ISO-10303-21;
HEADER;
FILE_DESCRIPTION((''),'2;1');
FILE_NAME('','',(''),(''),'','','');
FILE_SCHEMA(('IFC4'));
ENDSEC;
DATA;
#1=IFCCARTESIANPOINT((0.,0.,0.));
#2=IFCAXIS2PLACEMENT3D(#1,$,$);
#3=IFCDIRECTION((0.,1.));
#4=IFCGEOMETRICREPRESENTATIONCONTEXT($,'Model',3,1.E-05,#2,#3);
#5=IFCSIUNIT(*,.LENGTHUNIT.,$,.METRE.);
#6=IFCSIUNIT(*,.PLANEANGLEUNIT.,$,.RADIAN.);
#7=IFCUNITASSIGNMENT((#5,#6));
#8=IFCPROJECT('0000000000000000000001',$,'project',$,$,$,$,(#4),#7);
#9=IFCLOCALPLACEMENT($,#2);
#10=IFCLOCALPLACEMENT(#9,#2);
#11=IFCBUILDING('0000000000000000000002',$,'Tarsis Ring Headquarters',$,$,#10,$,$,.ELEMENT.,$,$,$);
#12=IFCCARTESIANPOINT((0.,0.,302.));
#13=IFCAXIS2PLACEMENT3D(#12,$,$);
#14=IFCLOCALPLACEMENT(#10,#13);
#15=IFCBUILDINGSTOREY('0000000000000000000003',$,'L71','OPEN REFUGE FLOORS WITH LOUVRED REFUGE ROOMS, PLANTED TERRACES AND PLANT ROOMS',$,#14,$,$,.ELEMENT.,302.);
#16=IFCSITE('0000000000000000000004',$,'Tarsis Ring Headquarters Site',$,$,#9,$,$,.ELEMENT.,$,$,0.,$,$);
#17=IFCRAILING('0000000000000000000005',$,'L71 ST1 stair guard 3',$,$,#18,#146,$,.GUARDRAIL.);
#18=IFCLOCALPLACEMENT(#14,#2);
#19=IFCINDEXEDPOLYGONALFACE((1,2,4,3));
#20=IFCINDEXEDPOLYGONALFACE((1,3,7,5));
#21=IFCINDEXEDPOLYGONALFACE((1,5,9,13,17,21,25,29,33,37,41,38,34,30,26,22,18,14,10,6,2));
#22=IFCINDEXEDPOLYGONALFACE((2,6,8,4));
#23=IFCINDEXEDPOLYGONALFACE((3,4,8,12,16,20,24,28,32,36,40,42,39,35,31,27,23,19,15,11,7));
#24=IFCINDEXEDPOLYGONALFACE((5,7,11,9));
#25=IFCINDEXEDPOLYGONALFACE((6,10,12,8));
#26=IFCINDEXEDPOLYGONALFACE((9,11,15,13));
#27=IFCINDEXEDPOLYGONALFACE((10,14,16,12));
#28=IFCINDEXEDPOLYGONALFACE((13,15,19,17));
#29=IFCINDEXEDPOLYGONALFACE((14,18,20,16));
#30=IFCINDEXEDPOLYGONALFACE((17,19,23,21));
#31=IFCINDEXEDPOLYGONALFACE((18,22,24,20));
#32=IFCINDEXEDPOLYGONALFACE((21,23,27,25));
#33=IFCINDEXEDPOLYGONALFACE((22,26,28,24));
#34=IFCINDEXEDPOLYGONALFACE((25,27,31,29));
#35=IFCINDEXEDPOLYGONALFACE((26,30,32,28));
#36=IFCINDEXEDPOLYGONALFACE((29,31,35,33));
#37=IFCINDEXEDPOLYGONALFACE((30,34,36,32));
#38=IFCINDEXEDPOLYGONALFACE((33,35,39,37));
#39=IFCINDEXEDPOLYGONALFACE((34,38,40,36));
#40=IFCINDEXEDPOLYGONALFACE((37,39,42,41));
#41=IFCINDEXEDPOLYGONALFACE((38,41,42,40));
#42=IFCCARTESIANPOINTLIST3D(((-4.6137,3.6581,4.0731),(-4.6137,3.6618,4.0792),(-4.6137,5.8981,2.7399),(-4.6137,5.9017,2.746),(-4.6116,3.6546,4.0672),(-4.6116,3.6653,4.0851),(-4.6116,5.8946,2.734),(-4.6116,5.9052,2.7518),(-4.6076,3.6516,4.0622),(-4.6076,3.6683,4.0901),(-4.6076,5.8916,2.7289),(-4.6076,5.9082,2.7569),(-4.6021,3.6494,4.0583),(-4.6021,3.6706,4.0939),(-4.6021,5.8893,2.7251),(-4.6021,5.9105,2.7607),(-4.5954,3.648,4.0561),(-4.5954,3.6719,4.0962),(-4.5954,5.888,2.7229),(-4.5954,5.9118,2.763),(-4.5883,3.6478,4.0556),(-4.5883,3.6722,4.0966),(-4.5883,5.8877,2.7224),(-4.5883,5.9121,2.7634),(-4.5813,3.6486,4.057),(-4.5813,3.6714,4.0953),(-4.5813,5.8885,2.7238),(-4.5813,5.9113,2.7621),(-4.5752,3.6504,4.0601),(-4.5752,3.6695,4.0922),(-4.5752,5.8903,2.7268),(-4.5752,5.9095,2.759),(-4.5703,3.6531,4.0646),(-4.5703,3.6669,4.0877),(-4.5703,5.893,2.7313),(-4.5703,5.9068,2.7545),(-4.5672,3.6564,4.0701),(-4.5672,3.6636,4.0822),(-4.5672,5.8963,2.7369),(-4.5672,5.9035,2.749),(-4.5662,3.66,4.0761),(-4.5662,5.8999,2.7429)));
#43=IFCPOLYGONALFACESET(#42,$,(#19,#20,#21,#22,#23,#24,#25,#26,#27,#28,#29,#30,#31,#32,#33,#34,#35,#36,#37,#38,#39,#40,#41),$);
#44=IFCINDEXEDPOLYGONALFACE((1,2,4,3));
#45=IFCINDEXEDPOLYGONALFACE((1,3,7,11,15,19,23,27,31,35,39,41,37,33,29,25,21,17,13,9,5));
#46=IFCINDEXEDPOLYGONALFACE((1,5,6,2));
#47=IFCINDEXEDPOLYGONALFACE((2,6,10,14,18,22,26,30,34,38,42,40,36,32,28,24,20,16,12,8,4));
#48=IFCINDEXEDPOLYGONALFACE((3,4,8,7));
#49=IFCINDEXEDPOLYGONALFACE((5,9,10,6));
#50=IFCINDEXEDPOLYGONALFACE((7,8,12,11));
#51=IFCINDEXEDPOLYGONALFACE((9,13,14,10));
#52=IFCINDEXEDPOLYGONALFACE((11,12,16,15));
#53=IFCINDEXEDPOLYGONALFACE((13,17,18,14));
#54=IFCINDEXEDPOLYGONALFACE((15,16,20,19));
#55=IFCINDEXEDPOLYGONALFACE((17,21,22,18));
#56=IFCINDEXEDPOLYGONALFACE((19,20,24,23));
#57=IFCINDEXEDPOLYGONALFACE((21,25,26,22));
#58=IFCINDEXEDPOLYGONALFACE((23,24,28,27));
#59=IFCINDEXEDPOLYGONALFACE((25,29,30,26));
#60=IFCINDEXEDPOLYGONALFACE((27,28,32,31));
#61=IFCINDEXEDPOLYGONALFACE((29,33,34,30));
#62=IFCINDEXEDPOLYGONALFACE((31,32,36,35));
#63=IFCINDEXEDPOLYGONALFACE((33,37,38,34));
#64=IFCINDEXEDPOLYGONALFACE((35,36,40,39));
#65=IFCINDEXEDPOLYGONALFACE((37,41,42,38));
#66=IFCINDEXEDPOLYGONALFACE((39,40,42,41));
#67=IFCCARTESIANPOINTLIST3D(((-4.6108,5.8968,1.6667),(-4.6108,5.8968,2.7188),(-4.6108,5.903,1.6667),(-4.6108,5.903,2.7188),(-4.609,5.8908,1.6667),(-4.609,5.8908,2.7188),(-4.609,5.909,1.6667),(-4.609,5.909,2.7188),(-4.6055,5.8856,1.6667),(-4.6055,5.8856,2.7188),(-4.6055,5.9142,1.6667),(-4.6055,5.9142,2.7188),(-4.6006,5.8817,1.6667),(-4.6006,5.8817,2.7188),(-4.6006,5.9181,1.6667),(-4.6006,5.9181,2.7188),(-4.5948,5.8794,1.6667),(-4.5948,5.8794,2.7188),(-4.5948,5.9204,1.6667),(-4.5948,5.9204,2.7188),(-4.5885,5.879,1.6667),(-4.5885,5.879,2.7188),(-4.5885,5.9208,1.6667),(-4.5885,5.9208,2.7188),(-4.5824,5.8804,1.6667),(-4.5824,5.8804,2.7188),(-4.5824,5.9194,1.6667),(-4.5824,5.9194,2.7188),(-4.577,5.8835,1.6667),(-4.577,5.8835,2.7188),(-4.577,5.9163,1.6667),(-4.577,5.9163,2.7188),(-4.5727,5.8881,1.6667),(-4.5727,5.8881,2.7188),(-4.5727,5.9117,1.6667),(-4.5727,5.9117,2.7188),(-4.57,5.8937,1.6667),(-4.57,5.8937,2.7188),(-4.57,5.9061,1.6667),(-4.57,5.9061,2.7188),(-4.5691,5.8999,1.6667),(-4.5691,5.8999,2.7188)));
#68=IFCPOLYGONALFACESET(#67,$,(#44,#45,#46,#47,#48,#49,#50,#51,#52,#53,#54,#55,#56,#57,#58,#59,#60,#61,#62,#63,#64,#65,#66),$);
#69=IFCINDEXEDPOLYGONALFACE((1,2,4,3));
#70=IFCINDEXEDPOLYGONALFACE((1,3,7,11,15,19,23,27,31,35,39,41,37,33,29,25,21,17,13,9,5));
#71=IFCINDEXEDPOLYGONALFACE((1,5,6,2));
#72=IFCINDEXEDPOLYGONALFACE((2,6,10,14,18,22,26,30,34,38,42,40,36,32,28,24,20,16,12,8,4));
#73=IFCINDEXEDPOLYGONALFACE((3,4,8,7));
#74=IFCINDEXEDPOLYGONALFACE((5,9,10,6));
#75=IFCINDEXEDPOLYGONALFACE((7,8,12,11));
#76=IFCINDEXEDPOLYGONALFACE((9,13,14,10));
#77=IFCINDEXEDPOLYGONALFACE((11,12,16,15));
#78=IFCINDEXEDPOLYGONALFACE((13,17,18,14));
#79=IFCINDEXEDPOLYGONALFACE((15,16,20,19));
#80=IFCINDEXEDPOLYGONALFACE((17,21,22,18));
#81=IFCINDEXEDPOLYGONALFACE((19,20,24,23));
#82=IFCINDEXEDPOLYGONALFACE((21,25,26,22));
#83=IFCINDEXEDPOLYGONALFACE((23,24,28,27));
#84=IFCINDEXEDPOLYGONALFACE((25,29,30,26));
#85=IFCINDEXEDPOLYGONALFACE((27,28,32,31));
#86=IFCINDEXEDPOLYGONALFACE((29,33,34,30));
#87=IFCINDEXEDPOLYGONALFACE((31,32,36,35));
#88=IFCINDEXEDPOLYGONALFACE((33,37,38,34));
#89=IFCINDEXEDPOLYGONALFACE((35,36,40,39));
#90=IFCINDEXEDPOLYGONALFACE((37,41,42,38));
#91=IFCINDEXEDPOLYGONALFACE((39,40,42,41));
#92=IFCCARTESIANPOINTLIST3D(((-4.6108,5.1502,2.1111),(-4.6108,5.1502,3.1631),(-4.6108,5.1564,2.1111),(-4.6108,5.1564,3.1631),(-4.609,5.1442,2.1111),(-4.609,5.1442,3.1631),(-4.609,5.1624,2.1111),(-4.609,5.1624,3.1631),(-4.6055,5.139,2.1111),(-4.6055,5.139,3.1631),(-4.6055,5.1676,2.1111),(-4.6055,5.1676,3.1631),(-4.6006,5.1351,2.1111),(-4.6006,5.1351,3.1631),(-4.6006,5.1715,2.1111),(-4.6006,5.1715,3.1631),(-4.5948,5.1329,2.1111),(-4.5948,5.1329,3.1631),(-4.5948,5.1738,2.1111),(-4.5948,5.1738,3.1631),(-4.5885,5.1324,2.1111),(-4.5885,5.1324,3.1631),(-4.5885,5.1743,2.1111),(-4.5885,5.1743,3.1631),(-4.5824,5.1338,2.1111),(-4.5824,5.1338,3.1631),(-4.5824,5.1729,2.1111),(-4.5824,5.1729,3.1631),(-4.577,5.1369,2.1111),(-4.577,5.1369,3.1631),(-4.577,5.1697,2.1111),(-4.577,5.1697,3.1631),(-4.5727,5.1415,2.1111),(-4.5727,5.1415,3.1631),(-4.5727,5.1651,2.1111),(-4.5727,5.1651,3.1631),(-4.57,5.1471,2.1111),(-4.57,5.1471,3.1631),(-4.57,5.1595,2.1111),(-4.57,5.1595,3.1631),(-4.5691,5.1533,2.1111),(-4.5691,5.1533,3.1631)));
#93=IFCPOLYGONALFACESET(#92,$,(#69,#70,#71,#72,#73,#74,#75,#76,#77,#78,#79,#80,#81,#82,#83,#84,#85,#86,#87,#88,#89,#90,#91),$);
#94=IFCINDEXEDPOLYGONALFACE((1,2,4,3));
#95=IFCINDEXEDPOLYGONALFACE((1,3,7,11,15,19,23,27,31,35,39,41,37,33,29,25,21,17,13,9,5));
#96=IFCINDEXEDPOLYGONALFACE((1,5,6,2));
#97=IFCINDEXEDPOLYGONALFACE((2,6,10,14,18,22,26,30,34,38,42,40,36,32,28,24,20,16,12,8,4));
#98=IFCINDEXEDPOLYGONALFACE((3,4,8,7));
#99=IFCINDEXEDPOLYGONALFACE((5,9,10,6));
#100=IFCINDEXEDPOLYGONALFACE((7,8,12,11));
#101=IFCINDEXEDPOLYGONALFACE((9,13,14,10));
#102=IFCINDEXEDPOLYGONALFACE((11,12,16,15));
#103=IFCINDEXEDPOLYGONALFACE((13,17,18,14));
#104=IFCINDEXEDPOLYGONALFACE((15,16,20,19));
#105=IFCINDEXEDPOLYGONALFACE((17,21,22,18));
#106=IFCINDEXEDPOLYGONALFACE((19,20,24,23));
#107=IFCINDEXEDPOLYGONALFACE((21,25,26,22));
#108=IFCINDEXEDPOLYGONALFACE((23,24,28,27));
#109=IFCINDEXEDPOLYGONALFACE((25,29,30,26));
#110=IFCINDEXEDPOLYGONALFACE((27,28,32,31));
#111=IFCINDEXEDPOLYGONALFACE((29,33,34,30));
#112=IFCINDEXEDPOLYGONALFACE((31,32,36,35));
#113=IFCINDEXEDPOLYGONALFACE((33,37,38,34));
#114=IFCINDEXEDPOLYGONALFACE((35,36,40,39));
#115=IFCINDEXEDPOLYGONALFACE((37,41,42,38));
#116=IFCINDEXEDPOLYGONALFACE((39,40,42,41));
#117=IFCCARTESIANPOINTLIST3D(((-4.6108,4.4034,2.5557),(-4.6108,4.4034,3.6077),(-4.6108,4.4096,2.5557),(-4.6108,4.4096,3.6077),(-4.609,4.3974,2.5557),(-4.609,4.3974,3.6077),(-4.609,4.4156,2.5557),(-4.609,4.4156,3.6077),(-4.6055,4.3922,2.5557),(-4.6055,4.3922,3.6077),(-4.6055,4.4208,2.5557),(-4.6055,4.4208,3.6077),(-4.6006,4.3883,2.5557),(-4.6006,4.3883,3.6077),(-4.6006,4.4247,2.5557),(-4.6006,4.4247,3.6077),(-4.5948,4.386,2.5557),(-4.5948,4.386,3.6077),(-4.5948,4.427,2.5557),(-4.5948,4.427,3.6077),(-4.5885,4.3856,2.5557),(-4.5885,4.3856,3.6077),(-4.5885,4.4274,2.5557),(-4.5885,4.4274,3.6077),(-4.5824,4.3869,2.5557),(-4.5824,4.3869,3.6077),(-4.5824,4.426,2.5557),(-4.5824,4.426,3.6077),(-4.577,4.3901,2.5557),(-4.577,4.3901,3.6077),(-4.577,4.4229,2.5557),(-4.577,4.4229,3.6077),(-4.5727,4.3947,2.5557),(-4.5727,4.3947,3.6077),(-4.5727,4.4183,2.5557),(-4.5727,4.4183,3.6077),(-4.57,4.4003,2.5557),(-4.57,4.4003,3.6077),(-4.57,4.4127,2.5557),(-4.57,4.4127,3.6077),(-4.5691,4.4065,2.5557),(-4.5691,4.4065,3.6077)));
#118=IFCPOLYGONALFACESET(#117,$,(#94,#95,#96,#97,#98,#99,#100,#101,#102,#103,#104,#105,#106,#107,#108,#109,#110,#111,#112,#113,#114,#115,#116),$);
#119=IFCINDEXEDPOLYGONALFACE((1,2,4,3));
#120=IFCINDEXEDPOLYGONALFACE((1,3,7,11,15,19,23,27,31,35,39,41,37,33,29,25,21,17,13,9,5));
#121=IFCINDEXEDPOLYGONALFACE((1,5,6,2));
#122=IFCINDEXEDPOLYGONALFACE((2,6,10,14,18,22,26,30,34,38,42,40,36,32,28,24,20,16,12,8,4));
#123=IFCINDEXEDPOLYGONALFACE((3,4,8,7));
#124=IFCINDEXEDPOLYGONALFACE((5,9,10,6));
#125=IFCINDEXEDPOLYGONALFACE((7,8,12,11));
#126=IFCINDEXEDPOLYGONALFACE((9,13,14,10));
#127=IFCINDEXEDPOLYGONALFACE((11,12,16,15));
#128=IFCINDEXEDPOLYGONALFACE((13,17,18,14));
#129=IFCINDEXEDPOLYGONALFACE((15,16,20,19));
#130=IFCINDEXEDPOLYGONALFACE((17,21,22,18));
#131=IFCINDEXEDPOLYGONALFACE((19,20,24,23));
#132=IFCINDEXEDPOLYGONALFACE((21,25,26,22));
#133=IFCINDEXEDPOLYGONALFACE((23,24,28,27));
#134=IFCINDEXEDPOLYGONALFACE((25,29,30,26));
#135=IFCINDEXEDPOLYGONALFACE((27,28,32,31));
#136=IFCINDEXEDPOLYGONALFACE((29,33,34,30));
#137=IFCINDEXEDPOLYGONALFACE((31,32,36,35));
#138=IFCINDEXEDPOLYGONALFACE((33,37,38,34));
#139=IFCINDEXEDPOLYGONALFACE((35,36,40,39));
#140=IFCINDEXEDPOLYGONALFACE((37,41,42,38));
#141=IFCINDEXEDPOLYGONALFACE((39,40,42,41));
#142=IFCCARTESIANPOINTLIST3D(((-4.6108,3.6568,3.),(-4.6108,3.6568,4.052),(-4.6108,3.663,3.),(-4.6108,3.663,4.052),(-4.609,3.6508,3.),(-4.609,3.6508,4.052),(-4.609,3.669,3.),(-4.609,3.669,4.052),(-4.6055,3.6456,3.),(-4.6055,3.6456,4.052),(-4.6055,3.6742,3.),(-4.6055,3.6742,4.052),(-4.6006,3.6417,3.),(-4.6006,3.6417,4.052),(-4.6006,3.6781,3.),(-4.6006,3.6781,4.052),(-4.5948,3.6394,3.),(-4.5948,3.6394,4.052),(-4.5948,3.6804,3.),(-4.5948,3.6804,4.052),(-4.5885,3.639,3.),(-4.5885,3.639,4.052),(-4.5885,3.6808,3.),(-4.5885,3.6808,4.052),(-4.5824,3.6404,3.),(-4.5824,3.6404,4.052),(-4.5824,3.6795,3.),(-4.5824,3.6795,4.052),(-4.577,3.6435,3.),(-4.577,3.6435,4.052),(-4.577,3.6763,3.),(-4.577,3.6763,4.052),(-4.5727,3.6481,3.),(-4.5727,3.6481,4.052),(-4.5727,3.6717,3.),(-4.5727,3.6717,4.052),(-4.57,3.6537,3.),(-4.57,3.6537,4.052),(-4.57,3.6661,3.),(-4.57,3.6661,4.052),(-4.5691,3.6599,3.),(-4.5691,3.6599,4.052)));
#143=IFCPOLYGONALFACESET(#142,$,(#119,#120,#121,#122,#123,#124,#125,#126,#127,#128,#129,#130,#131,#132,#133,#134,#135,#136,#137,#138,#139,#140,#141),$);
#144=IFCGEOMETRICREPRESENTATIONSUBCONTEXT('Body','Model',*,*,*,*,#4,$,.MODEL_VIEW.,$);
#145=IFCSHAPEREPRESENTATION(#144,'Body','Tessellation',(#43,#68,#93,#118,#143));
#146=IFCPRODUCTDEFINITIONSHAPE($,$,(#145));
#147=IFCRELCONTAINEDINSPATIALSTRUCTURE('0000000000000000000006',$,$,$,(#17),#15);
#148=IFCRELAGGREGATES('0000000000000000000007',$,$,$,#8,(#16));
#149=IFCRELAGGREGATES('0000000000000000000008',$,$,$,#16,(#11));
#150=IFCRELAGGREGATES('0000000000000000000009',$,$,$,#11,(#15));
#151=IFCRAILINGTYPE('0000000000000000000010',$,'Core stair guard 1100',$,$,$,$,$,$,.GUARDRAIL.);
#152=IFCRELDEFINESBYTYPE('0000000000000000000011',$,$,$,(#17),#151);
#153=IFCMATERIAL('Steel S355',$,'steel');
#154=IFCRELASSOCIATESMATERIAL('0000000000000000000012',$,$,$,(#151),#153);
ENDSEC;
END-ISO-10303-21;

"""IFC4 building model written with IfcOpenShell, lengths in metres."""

from ifc_helpers import new_model, si_unit, direction, frame, origin, origin_2d, place, context, subcontext, project, spatial, circle, extrude, material, type_object, element, save


model = new_model("IFC4")

# Units and contexts
model_context = context("Model", 3, precision=1e-05, world=origin(), true_north=direction((0.0, 1.0)))
body_context = subcontext(model_context, "Body", "Model", "MODEL_VIEW")
ifc_project = project(units=[si_unit("LENGTHUNIT", "METRE"), si_unit("PLANEANGLEUNIT", "RADIAN")], contexts=[model_context])

# Site, building, storey
site_placement = place(None, origin())
site = spatial("IfcSite", under=ifc_project, at=site_placement, Name="Tarsis Ring Headquarters Site", CompositionType="ELEMENT", RefElevation=0.0)
building_placement = place(site_placement, origin())
building = spatial("IfcBuilding", under=site, at=building_placement, Name="Tarsis Ring Headquarters", CompositionType="ELEMENT")
storey_placement = place(building_placement, frame((0.0, 0.0, 302.0)))
storey = spatial("IfcBuildingStorey", under=building, at=storey_placement, Name="L71", Description="OPEN REFUGE FLOORS WITH LOUVRED REFUGE ROOMS, PLANTED TERRACES AND PLANT ROOMS", CompositionType="ELEMENT", Elevation=302.0)

# Shared definitions
ifc_material_1 = material(Name="Steel S355", Category="steel")

# Railing
railing_type_1 = type_object("IfcRailingType", Name="Core stair guard 1100", PredefinedType="GUARDRAIL", material=ifc_material_1)
railing_1_placement = place(storey_placement, frame((-4.5901, 5.8999, 1.6667)))
element("IfcRailing", 1, at=railing_1_placement, inside=storey, type_object=railing_type_1, Name="L71 ST1 stair guard 3", PredefinedType="GUARDRAIL", context=body_context, shape_type="SweptSolid", body=[
    extrude(circle(Radius=0.0239, at=origin_2d()), frame((0.0, 0.0, 1.0762), z_axis=(0.0, -0.859306, 0.511462), x_axis=(1.0, 0.0, 0.0)), (0.0, 0.0, 1.0), 2.6067),
    extrude(circle(Radius=0.021, at=origin_2d()), origin(), (0.0, 0.0, 1.0), 1.052),
    extrude(circle(Radius=0.021, at=origin_2d()), frame((0.0, -0.7466, 0.4443)), (0.0, 0.0, 1.0), 1.052),
    extrude(circle(Radius=0.021, at=origin_2d()), frame((0.0, -1.4934, 0.8889)), (0.0, 0.0, 1.0), 1.052),
    extrude(circle(Radius=0.021, at=origin_2d()), frame((0.0, -2.24, 1.3333)), (0.0, 0.0, 1.0), 1.052),
])

save(model, "model.ifc")
